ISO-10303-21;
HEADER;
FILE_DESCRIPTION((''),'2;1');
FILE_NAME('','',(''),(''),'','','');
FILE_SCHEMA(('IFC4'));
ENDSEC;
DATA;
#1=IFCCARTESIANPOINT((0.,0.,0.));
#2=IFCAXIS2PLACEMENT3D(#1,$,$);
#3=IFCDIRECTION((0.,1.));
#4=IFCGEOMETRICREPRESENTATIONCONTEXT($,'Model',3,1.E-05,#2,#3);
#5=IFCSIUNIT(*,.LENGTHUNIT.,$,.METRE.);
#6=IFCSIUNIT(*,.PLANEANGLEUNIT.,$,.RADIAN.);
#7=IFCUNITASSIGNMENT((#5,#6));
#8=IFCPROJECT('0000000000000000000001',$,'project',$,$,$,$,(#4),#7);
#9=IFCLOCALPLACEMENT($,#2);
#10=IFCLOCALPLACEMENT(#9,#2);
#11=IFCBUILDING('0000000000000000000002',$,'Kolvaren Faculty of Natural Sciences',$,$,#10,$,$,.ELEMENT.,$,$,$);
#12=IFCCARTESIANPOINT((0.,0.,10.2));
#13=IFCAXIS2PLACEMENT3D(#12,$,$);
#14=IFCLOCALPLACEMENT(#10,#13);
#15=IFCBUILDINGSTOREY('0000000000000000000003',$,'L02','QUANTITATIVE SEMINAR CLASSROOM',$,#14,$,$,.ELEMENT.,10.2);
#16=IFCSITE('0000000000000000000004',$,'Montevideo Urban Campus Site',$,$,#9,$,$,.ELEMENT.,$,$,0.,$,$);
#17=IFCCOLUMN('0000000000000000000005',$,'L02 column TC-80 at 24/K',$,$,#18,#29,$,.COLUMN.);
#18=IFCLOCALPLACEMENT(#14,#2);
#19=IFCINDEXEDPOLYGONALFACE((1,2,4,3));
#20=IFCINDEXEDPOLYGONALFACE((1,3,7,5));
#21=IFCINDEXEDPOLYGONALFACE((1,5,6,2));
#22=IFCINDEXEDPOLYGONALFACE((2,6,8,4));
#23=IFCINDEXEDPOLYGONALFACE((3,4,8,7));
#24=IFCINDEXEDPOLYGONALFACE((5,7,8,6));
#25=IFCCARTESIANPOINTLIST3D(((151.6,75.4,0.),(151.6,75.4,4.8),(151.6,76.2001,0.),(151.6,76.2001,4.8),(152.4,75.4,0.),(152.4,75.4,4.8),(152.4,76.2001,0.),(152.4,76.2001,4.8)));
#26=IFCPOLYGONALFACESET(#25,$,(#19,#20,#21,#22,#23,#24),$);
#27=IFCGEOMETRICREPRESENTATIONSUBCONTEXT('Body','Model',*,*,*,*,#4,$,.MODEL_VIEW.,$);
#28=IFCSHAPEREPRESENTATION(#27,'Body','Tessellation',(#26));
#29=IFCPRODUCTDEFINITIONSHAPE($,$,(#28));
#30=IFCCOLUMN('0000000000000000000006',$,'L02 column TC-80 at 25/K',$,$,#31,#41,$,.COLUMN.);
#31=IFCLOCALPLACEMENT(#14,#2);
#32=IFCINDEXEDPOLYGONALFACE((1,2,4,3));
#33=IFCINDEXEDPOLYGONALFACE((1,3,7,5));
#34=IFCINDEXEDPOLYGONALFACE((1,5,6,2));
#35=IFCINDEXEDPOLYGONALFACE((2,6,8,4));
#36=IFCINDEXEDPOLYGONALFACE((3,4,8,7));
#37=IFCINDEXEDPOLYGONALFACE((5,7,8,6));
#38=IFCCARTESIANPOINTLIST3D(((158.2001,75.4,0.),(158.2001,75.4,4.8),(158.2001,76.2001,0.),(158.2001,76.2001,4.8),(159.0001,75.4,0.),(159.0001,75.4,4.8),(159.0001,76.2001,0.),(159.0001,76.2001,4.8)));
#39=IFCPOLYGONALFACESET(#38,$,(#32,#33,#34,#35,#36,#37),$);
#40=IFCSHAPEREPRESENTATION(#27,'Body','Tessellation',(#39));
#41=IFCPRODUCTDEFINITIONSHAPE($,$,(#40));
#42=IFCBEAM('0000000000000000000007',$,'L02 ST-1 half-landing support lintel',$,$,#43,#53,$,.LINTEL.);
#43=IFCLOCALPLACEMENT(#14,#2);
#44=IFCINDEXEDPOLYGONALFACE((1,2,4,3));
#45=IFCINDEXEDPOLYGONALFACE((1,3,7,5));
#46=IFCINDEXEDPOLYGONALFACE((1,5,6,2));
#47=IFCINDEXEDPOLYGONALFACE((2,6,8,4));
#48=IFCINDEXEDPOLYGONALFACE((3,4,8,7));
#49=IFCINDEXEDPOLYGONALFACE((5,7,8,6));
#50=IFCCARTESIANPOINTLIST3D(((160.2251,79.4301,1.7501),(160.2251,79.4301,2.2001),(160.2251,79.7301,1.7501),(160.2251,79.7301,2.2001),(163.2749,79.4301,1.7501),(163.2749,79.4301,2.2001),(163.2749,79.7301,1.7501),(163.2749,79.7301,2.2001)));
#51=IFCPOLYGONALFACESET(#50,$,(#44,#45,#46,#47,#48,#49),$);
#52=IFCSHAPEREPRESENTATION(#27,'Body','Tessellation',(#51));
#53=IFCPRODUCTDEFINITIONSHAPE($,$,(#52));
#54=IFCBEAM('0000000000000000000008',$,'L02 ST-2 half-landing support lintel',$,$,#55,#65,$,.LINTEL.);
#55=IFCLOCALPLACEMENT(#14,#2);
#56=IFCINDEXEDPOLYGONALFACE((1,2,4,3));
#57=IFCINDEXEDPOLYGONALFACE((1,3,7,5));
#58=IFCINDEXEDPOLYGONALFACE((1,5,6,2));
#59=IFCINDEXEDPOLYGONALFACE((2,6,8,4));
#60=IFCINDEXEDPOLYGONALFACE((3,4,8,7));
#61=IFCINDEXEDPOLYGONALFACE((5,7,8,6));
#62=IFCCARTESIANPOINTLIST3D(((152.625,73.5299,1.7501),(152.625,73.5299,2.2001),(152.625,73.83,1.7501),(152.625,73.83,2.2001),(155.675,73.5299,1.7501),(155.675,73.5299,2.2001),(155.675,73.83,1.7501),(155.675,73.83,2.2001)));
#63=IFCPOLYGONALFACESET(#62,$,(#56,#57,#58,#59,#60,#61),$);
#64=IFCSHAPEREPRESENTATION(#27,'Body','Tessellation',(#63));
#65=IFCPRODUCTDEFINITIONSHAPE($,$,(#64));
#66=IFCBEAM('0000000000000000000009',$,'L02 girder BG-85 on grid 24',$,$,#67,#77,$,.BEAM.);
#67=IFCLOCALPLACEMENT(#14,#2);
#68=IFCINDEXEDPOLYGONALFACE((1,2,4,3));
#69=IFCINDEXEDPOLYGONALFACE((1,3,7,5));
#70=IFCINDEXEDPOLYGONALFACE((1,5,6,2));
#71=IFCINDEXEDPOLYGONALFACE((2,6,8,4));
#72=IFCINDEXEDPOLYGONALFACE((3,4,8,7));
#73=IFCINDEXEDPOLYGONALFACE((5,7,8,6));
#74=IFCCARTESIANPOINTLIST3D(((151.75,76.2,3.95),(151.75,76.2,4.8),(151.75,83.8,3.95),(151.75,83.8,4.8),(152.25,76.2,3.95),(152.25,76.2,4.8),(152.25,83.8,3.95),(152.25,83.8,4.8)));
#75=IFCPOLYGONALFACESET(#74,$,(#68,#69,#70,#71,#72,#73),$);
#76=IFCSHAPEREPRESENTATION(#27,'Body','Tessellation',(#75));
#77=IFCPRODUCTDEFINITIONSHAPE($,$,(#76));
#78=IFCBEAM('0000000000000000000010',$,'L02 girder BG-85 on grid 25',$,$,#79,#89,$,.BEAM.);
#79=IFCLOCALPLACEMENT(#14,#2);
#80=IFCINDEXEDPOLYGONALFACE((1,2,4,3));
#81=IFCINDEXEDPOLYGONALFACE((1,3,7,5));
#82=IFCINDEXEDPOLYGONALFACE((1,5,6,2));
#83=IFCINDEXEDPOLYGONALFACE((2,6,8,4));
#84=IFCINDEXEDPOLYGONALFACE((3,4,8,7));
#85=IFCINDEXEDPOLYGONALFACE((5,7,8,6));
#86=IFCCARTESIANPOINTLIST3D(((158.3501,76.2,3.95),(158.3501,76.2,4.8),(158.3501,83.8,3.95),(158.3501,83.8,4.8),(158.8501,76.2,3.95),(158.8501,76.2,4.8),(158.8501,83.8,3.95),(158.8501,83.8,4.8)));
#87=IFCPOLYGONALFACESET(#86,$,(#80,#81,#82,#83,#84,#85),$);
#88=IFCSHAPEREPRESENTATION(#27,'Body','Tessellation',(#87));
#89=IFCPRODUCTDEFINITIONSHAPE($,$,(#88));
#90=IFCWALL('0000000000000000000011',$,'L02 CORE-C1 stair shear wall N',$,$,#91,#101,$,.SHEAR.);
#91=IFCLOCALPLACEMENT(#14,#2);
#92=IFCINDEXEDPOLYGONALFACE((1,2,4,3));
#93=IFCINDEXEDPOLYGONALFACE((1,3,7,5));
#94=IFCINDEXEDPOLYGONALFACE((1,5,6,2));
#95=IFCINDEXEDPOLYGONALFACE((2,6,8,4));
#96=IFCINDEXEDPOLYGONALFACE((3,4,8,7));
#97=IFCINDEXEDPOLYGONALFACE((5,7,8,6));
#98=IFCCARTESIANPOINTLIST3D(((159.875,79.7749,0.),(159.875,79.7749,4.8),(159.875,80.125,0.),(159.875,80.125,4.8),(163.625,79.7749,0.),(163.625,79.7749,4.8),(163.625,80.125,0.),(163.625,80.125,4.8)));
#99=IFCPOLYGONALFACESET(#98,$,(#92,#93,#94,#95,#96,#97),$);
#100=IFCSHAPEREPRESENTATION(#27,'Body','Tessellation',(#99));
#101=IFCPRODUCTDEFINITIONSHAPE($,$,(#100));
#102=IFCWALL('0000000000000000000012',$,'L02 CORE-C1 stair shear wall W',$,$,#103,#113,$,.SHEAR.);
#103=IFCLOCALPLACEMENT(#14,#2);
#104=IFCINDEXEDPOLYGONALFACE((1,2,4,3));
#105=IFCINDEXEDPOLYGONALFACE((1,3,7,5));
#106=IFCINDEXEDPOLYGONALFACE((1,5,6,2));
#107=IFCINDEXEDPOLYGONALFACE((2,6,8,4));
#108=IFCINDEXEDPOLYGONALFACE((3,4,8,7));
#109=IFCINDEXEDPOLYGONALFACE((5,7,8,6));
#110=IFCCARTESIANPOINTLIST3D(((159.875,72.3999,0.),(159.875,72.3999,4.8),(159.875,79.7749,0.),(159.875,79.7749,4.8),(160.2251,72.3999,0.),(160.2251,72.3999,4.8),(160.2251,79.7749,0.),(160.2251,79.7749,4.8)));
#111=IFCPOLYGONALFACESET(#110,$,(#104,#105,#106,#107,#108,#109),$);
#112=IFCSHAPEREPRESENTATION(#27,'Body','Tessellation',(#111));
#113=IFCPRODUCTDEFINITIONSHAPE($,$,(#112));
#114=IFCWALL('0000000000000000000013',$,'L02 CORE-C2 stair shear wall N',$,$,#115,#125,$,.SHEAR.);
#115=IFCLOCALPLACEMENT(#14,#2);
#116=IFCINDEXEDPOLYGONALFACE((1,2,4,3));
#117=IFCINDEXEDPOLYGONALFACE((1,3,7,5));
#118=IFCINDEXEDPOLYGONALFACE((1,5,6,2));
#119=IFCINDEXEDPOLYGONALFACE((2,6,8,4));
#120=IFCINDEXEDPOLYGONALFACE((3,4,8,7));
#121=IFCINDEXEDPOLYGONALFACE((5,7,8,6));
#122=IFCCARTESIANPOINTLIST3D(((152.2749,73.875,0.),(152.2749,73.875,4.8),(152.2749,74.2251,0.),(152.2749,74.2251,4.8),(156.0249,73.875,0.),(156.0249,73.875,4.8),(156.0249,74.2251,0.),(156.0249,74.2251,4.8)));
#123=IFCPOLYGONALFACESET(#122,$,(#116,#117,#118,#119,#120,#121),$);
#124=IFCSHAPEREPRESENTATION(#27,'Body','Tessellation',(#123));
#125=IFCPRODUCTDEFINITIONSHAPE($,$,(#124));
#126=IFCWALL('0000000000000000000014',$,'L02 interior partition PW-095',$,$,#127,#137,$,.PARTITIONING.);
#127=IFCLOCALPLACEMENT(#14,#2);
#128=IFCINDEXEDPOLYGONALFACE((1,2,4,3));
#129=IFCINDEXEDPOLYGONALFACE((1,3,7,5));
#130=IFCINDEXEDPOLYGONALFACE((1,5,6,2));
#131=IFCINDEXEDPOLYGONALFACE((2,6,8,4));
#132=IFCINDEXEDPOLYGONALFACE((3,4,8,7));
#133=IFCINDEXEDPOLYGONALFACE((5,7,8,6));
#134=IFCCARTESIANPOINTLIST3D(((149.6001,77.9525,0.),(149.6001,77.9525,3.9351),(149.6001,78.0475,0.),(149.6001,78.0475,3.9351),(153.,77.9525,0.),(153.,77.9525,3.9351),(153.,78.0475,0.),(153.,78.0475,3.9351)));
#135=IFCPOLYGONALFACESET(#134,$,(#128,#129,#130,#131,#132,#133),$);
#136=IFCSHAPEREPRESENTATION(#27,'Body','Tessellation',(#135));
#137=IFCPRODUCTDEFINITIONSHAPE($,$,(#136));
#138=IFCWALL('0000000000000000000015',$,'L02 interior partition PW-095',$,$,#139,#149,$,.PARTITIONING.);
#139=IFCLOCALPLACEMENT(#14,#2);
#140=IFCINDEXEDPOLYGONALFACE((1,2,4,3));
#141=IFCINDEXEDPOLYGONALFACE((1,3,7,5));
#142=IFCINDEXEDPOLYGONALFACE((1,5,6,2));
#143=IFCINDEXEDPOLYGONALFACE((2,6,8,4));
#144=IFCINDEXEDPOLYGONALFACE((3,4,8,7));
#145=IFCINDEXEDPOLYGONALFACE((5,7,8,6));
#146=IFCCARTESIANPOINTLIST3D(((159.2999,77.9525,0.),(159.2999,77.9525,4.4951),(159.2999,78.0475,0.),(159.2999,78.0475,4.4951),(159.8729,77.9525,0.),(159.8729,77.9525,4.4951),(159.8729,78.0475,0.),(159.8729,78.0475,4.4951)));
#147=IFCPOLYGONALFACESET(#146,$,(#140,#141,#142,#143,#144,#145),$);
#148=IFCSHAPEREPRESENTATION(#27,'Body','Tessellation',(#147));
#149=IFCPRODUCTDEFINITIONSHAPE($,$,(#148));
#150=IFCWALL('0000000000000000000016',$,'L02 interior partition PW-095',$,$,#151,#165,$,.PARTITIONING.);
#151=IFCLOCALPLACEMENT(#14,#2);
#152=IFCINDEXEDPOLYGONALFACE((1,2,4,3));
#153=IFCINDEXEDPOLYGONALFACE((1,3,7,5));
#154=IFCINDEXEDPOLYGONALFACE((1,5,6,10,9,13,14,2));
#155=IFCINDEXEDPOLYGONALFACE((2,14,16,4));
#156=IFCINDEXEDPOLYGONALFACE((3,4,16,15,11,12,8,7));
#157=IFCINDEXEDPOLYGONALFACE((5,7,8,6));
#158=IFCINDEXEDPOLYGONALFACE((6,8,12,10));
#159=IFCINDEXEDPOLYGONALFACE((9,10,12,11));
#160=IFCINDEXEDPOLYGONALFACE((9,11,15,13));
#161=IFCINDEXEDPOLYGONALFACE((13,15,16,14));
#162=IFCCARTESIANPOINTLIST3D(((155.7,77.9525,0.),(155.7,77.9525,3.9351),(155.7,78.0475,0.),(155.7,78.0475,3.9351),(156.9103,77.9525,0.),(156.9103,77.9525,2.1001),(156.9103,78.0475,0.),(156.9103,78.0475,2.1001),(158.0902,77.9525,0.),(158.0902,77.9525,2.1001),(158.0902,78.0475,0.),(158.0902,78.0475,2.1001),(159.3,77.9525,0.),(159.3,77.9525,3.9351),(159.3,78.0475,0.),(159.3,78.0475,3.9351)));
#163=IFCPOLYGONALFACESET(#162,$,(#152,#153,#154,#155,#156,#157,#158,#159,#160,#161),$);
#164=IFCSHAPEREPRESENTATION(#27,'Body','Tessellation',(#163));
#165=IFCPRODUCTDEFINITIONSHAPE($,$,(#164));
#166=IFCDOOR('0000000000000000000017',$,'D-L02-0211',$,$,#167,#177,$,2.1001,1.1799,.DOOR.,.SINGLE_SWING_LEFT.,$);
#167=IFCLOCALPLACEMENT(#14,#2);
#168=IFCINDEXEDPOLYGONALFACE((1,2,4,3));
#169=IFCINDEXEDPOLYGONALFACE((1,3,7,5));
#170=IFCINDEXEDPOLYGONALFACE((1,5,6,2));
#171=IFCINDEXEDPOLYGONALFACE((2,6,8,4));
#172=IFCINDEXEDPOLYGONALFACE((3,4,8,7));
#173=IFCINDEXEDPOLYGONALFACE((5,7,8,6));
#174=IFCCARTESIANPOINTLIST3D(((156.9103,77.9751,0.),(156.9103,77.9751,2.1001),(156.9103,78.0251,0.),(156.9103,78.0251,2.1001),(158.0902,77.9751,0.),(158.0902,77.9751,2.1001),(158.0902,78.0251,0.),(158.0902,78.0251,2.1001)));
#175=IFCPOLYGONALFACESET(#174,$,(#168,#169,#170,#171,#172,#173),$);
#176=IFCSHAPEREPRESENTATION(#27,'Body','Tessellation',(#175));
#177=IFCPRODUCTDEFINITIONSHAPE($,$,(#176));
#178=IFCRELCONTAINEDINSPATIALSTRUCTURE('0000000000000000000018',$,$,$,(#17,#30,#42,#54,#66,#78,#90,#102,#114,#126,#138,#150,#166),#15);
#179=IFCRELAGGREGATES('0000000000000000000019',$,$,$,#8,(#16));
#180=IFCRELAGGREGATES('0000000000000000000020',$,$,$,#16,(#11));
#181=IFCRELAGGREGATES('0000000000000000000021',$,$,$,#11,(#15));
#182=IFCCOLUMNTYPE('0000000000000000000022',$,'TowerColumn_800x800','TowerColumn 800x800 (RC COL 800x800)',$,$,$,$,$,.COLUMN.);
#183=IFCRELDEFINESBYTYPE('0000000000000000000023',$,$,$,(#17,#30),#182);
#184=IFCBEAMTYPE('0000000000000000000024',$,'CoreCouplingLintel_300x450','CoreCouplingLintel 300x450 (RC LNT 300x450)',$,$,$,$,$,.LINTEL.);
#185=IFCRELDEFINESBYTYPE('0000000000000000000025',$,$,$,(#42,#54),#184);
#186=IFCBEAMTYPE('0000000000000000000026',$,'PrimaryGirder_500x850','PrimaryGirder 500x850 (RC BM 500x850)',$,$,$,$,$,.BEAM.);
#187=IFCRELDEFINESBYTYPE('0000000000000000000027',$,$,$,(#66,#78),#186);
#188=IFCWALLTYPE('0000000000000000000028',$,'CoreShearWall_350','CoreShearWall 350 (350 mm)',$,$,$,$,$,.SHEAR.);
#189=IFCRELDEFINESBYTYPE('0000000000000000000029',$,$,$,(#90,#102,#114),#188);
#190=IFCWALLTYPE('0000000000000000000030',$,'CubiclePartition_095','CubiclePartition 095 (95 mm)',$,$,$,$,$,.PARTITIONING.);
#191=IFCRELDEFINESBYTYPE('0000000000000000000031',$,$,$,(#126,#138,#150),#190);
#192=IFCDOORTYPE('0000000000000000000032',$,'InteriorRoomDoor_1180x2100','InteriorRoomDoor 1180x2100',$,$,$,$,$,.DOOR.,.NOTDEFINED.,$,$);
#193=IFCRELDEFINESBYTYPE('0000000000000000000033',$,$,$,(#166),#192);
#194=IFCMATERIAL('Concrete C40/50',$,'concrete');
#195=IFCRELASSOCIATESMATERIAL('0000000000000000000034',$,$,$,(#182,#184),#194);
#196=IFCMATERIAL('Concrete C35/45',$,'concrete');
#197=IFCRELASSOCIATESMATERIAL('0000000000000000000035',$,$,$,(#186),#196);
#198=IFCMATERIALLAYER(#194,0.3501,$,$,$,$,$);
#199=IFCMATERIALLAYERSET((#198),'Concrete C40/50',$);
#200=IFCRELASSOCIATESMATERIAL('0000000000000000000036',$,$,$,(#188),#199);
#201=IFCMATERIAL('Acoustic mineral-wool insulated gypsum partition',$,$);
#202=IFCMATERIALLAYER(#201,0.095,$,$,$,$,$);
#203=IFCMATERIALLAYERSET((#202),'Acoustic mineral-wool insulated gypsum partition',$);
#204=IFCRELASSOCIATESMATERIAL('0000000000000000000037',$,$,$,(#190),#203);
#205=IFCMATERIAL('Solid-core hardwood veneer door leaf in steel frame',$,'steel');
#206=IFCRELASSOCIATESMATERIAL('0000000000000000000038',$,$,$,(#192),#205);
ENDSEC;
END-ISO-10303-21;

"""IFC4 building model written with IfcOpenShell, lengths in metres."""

from ifc_helpers import new_model, si_unit, direction, frame, frame_2d, origin, origin_2d, place, context, subcontext, project, spatial, rectangle, extrude, material, layer, layer_set, material_profile, profile_set, type_object, element, fill, save


model = new_model("IFC4")

# Units and contexts
model_context = context("Model", 3, precision=1e-05, world=origin(), true_north=direction((0.0, 1.0)))
body_context = subcontext(model_context, "Body", "Model", "MODEL_VIEW")
ifc_project = project(units=[si_unit("LENGTHUNIT", "METRE"), si_unit("PLANEANGLEUNIT", "RADIAN")], contexts=[model_context])

# Site, building, storey
site_placement = place(None, origin())
site = spatial("IfcSite", under=ifc_project, at=site_placement, Name="Montevideo Urban Campus Site", CompositionType="ELEMENT", RefElevation=0.0)
building_placement = place(site_placement, origin())
building = spatial("IfcBuilding", under=site, at=building_placement, Name="Kolvaren Faculty of Natural Sciences", CompositionType="ELEMENT")
storey_placement = place(building_placement, frame((0.0, 0.0, 10.2)))
storey = spatial("IfcBuildingStorey", under=building, at=storey_placement, Name="L02", Description="QUANTITATIVE SEMINAR CLASSROOM", CompositionType="ELEMENT", Elevation=10.2)

# Columns
ifc_material_1 = material(Name="Concrete C40/50", Category="concrete")
ifc_material_profile_1 = material_profile(ifc_material_1, rectangle(XDim=0.8, YDim=0.8, at=origin_2d()), Name="RC COL 800x800")
ifc_profile_set_1 = profile_set([ifc_material_profile_1], Name="Concrete C40/50")
column_type = type_object("IfcColumnType", Name="TowerColumn_800x800", Description="TowerColumn 800x800 (RC COL 800x800)", PredefinedType="COLUMN", material=ifc_profile_set_1)
for number, where, z_axis, x_axis, name in (
    (1, (152.0, 75.8, 0.0), (0.0, 0.0, 1.0), (1.0, 0.0, 0.0), "L02 column TC-80 at 24/K"),
    (2, (158.6001, 75.8, 0.0), (0.0, 0.0, 1.0), (1.0, 0.0, 0.0), "L02 column TC-80 at 25/K"),
):
    element("IfcColumn", number, at=place(storey_placement, frame(where, z_axis=z_axis, x_axis=x_axis)), inside=storey, type_object=column_type, Name=name, PredefinedType="COLUMN", context=body_context, shape_type="SweptSolid", body=[
        extrude(rectangle(XDim=0.8, YDim=0.8, at=origin_2d()), origin(), (0.0, 0.0, 1.0), 4.8),
    ])

# Beams
ifc_material_profile_2 = material_profile(ifc_material_1, rectangle(XDim=0.3, YDim=0.45, at=origin_2d()), Name="RC LNT 300x450")
ifc_profile_set_2 = profile_set([ifc_material_profile_2], Name="Concrete C40/50")
beam_type_1 = type_object("IfcBeamType", Name="CoreCouplingLintel_300x450", Description="CoreCouplingLintel 300x450 (RC LNT 300x450)", PredefinedType="LINTEL", material=ifc_profile_set_2)
beam_1_placement = place(storey_placement, frame((160.2251, 79.5801, 1.9751), z_axis=(1.0, 0.0, 0.0), x_axis=(0.0, 1.0, 0.0)))
element("IfcBeam", 3, at=beam_1_placement, inside=storey, type_object=beam_type_1, Name="L02 ST-1 half-landing support lintel", PredefinedType="LINTEL", context=body_context, shape_type="SweptSolid", body=[
    extrude(rectangle(XDim=0.3, YDim=0.45, at=origin_2d()), origin(), (0.0, 0.0, 1.0), 3.0498),
])
beam_2_placement = place(storey_placement, frame((152.625, 73.6799, 1.9751), z_axis=(1.0, 0.0, 0.0), x_axis=(0.0, 1.0, 0.0)))
element("IfcBeam", 4, at=beam_2_placement, inside=storey, type_object=beam_type_1, Name="L02 ST-2 half-landing support lintel", PredefinedType="LINTEL", context=body_context, shape_type="SweptSolid", body=[
    extrude(rectangle(XDim=0.3, YDim=0.45, at=origin_2d()), origin(), (0.0, 0.0, 1.0), 3.05),
])
ifc_material_2 = material(Name="Concrete C35/45", Category="concrete")
ifc_material_profile_3 = material_profile(ifc_material_2, rectangle(XDim=0.5, YDim=0.8501, at=origin_2d()), Name="RC BM 500x850")
ifc_profile_set_3 = profile_set([ifc_material_profile_3], Name="Concrete C35/45")
beam_type_2 = type_object("IfcBeamType", Name="PrimaryGirder_500x850", Description="PrimaryGirder 500x850 (RC BM 500x850)", PredefinedType="BEAM", material=ifc_profile_set_3)
for number, where, z_axis, x_axis, name in (
    (5, (152.0, 76.2, 4.375), (0.0, 1.0, 0.0), (-1.0, 0.0, 0.0), "L02 girder BG-85 on grid 24"),
    (6, (158.6001, 76.2, 4.375), (0.0, 1.0, 0.0), (-1.0, 0.0, 0.0), "L02 girder BG-85 on grid 25"),
):
    element("IfcBeam", number, at=place(storey_placement, frame(where, z_axis=z_axis, x_axis=x_axis)), inside=storey, type_object=beam_type_2, Name=name, PredefinedType="BEAM", context=body_context, shape_type="SweptSolid", body=[
        extrude(rectangle(XDim=0.5, YDim=0.8501, at=origin_2d()), origin(), (0.0, 0.0, 1.0), 7.6001),
    ])

# Shared definitions
ifc_layer_1 = layer(ifc_material_1, 0.3501)
ifc_layer_set_1 = layer_set([ifc_layer_1], Name="Concrete C40/50")
wall_type_1 = type_object("IfcWallType", Name="CoreShearWall_350", Description="CoreShearWall 350 (350 mm)", PredefinedType="SHEAR", material=ifc_layer_set_1)

# Walls
wall_1_placement = place(storey_placement, frame((159.875, 79.95, 0.0), z_axis=(0.0, 0.0, 1.0), x_axis=(1.0, 0.0, 0.0)))
element("IfcWall", 7, at=wall_1_placement, inside=storey, type_object=wall_type_1, Name="L02 CORE-C1 stair shear wall N", PredefinedType="SHEAR", context=body_context, shape_type="SweptSolid", body=[
    extrude(rectangle(XDim=3.75, YDim=0.3501, at=frame_2d((1.875, 0.0))), origin(), (0.0, 0.0, 1.0), 4.8),
])
wall_2_placement = place(storey_placement, frame((160.05, 72.3999, 0.0), z_axis=(0.0, 0.0, 1.0), x_axis=(0.0, 1.0, 0.0)))
element("IfcWall", 8, at=wall_2_placement, inside=storey, type_object=wall_type_1, Name="L02 CORE-C1 stair shear wall W", PredefinedType="SHEAR", context=body_context, shape_type="SweptSolid", body=[
    extrude(rectangle(XDim=7.375, YDim=0.3501, at=frame_2d((3.6875, 0.0))), origin(), (0.0, 0.0, 1.0), 4.8),
])
wall_3_placement = place(storey_placement, frame((152.2749, 74.05, 0.0), z_axis=(0.0, 0.0, 1.0), x_axis=(1.0, 0.0, 0.0)))
element("IfcWall", 9, at=wall_3_placement, inside=storey, type_object=wall_type_1, Name="L02 CORE-C2 stair shear wall N", PredefinedType="SHEAR", context=body_context, shape_type="SweptSolid", body=[
    extrude(rectangle(XDim=3.75, YDim=0.3501, at=frame_2d((1.875, 0.0))), origin(), (0.0, 0.0, 1.0), 4.8),
])
ifc_material_3 = material(Name="Acoustic mineral-wool insulated gypsum partition")
ifc_layer_2 = layer(ifc_material_3, 0.095)
ifc_layer_set_2 = layer_set([ifc_layer_2], Name="Acoustic mineral-wool insulated gypsum partition")
wall_type_2 = type_object("IfcWallType", Name="CubiclePartition_095", Description="CubiclePartition 095 (95 mm)", PredefinedType="PARTITIONING", material=ifc_layer_set_2)
wall_4_placement = place(storey_placement, frame((153.0, 78.0, 0.0), z_axis=(0.0, 0.0, 1.0), x_axis=(-1.0, 0.0, 0.0)))
element("IfcWall", 10, at=wall_4_placement, inside=storey, type_object=wall_type_2, Name="L02 interior partition PW-095", PredefinedType="PARTITIONING", context=body_context, shape_type="SweptSolid", body=[
    extrude(rectangle(XDim=3.3999, YDim=0.095, at=frame_2d((1.7, 0.0))), origin(), (0.0, 0.0, 1.0), 3.9351),
])
wall_5_placement = place(storey_placement, frame((159.873, 78.0, 0.0), z_axis=(0.0, 0.0, 1.0), x_axis=(-1.0, 0.0, 0.0)))
element("IfcWall", 11, at=wall_5_placement, inside=storey, type_object=wall_type_2, Name="L02 interior partition PW-095", PredefinedType="PARTITIONING", context=body_context, shape_type="SweptSolid", body=[
    extrude(rectangle(XDim=0.573, YDim=0.095, at=frame_2d((0.2866, 0.0))), origin(), (0.0, 0.0, 1.0), 4.4951),
])

# Wall, opening, door
wall_6_placement = place(storey_placement, frame((159.3, 78.0, 0.0), z_axis=(0.0, 0.0, 1.0), x_axis=(-1.0, 0.0, 0.0)))
wall_6 = element("IfcWall", 12, at=wall_6_placement, inside=storey, type_object=wall_type_2, Name="L02 interior partition PW-095", PredefinedType="PARTITIONING", context=body_context, shape_type="SweptSolid", body=[
    extrude(rectangle(XDim=3.6001, YDim=0.095, at=frame_2d((1.8, 0.0))), origin(), (0.0, 0.0, 1.0), 3.9351),
])
opening_1_placement = place(wall_6_placement, frame((1.21, 0.0, 0.0)))
opening_1 = element("IfcOpeningElement", 13, at=opening_1_placement, cuts=wall_6, PredefinedType="OPENING", context=body_context, shape_type="SweptSolid", body=[
    extrude(rectangle(XDim=1.1799, YDim=2.1001, at=frame_2d((0.5898, 1.05))), frame((0.0, 0.0574, 0.0), z_axis=(0.0, -1.0, 0.0), x_axis=(1.0, 0.0, 0.0)), (0.0, 0.0, 1.0), 0.115),
])
ifc_material_4 = material(Name="Solid-core hardwood veneer door leaf in steel frame", Category="steel")
door_type_1 = type_object("IfcDoorType", Name="InteriorRoomDoor_1180x2100", Description="InteriorRoomDoor 1180x2100", OperationType="NOTDEFINED", PredefinedType="DOOR", material=ifc_material_4)
door_1_placement = place(opening_1_placement, origin())
door_1 = element("IfcDoor", 14, at=door_1_placement, inside=storey, type_object=door_type_1, Name="D-L02-0211", OperationType="SINGLE_SWING_LEFT", OverallHeight=2.1001, OverallWidth=1.1799, PredefinedType="DOOR", context=body_context, shape_type="SweptSolid", body=[
    extrude(rectangle(XDim=1.1799, YDim=2.1001, at=frame_2d((0.5898, 1.05))), frame((0.0, 0.0249, 0.0), z_axis=(0.0, -1.0, 0.0), x_axis=(1.0, 0.0, 0.0)), (0.0, 0.0, 1.0), 0.05),
])
fill(opening_1, door_1)

save(model, "model.ifc")
